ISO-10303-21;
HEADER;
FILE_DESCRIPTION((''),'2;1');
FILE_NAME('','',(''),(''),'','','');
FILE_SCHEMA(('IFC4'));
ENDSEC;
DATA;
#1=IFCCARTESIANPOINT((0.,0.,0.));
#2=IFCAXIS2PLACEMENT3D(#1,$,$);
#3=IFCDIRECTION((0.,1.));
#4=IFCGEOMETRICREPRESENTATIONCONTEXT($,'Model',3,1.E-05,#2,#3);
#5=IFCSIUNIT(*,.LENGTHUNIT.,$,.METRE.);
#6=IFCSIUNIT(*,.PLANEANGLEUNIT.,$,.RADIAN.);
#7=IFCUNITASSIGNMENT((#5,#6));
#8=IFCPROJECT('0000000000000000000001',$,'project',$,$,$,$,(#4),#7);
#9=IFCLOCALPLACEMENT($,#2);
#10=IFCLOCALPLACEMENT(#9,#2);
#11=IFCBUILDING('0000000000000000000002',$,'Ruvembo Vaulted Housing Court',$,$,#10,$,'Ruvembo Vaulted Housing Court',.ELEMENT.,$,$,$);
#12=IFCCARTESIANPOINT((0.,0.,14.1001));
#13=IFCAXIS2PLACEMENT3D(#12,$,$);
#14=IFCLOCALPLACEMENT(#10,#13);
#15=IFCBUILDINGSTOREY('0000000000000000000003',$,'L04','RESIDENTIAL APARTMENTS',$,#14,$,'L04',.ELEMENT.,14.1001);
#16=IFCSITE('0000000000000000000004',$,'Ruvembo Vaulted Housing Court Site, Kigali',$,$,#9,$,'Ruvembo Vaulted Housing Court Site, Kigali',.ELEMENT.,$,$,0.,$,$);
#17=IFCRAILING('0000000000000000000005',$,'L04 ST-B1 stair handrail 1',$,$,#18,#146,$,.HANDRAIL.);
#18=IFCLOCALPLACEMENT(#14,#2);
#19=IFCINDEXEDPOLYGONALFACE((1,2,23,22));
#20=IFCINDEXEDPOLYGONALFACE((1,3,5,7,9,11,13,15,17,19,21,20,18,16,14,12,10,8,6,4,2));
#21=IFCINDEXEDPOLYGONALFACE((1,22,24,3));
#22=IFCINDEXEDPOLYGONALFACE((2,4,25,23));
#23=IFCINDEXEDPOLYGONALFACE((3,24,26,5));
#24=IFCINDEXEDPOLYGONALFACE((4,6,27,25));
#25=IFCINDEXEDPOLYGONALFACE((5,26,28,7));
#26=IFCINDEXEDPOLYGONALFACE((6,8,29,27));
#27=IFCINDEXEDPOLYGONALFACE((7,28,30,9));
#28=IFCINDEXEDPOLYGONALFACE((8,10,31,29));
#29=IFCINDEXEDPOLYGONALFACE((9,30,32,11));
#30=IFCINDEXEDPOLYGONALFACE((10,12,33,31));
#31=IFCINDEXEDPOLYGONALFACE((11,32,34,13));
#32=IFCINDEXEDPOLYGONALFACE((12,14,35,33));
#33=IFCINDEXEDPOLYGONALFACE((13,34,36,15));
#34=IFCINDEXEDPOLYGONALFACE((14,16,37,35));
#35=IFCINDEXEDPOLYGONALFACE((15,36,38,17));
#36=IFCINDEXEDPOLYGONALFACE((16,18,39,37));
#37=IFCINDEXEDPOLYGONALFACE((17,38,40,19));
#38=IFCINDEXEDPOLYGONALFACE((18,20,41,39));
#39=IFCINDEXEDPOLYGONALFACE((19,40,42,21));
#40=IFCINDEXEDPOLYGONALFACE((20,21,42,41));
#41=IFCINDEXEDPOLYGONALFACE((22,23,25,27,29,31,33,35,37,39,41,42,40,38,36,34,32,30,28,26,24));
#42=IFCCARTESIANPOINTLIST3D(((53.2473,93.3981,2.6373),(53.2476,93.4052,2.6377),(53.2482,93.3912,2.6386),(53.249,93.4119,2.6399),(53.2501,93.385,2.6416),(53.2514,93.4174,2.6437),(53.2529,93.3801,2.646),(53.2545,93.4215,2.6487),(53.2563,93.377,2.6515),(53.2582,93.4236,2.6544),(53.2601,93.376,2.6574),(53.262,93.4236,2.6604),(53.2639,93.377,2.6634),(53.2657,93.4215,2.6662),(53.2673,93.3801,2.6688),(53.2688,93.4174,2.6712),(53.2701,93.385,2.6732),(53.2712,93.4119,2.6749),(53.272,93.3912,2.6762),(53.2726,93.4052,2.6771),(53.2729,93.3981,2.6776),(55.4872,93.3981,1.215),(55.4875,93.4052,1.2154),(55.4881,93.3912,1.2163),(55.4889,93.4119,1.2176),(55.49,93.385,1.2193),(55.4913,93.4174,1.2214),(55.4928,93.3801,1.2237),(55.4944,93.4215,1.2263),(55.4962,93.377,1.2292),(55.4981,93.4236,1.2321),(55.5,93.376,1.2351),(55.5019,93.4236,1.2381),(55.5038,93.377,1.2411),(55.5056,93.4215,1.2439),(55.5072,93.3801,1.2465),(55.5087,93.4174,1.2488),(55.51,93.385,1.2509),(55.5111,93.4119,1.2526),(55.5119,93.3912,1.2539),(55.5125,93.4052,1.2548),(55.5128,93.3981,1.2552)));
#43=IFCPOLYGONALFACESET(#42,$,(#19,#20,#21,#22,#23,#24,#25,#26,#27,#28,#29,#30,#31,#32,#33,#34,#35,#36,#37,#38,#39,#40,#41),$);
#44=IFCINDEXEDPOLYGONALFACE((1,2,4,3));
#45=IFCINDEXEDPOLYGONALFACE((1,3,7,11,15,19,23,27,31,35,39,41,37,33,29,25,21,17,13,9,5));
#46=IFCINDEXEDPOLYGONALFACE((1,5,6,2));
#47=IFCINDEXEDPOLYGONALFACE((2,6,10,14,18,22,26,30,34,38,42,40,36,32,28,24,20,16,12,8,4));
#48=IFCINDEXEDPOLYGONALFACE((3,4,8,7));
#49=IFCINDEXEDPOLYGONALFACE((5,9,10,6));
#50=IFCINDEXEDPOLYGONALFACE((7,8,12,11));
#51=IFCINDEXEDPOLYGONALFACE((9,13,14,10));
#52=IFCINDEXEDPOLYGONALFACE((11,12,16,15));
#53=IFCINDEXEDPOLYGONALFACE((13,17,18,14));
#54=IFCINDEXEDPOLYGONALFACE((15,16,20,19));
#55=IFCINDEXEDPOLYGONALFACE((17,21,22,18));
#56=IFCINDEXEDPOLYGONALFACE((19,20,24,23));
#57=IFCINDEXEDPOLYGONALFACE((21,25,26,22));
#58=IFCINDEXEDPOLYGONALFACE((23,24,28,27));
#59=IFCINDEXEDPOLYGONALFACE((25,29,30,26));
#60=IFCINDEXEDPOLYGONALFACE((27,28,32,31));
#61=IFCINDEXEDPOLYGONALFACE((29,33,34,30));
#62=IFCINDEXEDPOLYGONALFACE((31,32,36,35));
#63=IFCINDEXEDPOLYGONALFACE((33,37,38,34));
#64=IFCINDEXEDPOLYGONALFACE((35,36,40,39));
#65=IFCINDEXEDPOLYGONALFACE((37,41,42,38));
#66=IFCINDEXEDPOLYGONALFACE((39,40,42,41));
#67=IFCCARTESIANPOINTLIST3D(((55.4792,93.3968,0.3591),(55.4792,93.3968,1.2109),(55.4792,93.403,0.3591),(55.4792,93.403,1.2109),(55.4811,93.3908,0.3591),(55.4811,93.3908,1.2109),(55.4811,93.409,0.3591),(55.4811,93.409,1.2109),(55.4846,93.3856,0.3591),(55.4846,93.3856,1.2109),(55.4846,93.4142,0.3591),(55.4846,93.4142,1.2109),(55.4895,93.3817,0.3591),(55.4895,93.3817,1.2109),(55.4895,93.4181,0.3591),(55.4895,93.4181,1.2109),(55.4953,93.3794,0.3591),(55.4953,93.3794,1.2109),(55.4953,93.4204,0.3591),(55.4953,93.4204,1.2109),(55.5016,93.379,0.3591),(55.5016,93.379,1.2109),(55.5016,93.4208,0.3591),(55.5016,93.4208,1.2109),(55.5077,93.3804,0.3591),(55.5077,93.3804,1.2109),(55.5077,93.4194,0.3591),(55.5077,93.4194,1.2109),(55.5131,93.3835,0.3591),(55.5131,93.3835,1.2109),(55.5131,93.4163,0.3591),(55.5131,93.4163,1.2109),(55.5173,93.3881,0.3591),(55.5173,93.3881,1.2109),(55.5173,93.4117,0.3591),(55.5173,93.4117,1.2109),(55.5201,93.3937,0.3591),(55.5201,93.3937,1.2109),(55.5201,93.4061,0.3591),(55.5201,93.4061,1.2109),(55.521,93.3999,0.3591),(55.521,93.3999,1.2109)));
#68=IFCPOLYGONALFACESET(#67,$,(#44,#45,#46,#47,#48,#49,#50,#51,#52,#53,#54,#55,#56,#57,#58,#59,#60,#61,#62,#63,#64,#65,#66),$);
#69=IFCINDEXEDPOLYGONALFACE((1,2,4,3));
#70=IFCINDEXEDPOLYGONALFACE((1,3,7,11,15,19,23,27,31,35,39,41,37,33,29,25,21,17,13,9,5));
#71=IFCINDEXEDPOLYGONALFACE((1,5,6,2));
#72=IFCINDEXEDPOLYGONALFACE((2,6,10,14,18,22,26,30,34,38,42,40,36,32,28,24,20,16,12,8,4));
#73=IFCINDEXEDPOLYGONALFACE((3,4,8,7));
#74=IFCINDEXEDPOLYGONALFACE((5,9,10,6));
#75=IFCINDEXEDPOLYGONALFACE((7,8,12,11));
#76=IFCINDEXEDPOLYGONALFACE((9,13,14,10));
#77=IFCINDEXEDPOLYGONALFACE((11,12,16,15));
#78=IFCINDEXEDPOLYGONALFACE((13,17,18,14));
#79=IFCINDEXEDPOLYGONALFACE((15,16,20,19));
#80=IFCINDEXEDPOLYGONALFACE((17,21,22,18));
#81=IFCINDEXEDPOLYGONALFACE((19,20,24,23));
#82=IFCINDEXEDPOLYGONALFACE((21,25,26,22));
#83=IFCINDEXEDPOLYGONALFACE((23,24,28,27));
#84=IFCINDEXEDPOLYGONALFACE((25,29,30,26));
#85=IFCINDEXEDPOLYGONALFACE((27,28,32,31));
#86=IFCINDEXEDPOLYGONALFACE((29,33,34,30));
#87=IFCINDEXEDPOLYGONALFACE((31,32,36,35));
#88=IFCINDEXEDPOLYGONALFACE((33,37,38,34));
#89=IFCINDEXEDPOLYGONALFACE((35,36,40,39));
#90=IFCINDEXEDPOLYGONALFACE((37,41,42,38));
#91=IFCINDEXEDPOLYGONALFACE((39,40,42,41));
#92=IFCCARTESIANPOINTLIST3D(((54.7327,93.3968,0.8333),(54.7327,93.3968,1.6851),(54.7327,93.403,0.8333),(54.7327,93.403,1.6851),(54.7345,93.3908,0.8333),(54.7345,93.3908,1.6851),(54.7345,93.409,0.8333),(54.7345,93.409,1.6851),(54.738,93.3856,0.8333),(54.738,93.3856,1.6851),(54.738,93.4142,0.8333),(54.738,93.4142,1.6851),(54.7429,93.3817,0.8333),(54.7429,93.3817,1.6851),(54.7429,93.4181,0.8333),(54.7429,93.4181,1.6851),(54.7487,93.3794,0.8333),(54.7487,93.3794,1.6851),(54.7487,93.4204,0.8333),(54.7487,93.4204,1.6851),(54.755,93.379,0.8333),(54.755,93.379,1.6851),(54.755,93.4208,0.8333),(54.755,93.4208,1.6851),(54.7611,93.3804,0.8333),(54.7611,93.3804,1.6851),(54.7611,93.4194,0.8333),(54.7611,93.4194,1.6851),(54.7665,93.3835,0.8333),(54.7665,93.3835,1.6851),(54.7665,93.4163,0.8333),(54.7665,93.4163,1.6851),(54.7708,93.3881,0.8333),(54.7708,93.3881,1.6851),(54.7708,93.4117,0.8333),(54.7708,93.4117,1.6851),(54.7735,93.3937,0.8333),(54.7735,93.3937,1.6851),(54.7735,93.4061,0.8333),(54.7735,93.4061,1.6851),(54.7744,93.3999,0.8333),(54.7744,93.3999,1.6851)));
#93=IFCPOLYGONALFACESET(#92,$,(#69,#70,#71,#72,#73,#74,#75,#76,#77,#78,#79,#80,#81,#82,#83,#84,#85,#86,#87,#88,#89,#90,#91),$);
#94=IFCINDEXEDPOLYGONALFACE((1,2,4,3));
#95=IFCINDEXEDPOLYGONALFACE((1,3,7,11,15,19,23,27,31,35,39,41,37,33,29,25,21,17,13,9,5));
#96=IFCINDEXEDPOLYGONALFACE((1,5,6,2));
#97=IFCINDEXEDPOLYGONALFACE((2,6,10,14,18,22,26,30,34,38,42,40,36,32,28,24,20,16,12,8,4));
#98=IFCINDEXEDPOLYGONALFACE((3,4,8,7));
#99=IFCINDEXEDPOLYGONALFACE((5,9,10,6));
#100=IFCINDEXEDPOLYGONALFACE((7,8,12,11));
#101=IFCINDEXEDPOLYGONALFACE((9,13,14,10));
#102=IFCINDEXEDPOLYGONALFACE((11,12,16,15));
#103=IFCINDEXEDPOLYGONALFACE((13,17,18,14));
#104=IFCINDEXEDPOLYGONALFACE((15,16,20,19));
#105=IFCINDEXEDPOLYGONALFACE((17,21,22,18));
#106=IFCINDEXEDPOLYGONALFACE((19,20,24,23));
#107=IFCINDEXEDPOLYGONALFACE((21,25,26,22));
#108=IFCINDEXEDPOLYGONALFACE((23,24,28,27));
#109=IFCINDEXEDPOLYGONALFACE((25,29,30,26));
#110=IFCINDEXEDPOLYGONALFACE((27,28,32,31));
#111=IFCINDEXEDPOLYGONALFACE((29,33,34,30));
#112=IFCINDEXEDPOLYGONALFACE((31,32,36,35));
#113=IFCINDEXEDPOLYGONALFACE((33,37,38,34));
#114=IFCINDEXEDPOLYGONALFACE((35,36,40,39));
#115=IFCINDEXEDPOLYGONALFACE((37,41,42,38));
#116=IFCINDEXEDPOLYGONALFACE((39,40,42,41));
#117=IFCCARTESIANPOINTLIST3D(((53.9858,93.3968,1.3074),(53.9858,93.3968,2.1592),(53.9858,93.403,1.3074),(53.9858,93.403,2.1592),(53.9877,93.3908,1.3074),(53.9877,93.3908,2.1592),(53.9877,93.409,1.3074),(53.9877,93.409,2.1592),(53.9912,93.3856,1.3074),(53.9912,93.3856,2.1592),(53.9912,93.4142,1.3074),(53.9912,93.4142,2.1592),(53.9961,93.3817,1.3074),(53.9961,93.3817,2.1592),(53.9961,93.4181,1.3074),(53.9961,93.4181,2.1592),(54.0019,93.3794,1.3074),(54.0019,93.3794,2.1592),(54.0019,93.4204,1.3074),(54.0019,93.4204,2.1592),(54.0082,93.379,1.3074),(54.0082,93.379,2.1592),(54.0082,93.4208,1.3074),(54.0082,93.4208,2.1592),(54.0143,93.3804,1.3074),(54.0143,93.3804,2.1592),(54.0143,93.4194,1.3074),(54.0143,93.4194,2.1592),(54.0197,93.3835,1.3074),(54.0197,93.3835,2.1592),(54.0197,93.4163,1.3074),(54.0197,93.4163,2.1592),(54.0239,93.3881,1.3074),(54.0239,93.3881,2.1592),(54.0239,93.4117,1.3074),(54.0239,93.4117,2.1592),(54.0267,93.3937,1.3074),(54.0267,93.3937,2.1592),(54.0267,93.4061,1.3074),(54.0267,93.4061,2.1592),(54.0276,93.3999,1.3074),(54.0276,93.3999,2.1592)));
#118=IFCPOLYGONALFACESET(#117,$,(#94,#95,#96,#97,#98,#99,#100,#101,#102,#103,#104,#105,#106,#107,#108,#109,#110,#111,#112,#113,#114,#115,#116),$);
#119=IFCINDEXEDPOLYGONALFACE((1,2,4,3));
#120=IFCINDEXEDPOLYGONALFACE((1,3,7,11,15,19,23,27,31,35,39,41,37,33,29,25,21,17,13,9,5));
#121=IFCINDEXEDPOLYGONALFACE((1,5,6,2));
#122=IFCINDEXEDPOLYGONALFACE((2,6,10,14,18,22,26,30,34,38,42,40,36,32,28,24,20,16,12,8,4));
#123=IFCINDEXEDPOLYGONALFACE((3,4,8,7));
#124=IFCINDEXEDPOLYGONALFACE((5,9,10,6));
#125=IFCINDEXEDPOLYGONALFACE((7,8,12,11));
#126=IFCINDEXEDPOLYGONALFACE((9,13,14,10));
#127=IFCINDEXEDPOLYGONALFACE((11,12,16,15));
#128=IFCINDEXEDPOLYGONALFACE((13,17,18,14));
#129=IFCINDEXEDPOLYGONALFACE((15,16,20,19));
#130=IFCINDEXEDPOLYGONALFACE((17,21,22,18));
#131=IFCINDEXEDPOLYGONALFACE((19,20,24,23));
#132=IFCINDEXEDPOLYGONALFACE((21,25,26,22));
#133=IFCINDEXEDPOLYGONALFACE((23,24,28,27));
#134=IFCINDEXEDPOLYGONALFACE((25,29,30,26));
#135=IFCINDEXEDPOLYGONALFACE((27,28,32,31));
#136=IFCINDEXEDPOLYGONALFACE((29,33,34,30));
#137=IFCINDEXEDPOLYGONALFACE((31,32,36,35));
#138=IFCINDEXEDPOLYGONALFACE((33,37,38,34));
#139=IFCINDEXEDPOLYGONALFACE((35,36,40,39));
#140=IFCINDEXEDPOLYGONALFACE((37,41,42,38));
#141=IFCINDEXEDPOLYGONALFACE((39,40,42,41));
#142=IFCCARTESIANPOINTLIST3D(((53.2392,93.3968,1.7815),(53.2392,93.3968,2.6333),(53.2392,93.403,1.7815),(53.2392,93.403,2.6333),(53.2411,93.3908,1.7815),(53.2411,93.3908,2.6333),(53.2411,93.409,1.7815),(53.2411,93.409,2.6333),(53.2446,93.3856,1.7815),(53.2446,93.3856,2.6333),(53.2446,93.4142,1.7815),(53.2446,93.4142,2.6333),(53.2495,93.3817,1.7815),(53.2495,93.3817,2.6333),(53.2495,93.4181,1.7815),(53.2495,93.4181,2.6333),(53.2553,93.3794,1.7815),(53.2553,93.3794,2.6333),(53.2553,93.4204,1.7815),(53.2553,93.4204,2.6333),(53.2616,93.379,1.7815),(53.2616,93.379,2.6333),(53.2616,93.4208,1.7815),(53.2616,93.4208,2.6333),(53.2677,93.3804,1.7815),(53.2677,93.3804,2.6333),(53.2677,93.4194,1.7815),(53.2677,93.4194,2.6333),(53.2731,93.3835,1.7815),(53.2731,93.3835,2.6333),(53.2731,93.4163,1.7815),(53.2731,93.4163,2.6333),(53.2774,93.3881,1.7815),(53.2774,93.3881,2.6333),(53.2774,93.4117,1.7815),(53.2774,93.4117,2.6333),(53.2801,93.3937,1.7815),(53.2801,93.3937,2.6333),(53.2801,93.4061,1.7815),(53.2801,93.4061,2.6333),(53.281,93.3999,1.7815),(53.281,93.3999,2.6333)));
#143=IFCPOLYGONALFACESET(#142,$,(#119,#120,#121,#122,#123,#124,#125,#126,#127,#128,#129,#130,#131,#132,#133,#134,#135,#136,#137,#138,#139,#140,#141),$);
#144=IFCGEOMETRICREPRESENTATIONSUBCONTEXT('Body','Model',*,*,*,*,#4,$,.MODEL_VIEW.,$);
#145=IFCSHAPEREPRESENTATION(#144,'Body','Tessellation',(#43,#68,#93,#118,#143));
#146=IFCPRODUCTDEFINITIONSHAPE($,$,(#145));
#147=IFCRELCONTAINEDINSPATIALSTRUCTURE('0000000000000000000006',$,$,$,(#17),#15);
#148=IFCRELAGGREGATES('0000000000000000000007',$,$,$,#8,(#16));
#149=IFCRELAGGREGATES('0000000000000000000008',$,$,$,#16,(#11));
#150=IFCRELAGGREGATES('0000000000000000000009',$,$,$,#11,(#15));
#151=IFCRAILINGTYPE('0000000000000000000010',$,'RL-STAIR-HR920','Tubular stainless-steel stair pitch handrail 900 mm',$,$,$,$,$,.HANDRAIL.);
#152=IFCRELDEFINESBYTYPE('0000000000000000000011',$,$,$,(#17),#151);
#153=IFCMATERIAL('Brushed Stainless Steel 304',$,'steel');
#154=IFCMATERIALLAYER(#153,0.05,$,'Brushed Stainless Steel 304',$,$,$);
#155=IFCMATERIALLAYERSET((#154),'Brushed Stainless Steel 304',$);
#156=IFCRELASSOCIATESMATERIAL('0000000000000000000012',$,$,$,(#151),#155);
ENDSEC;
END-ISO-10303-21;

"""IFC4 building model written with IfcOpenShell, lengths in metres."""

from ifc_helpers import new_model, si_unit, direction, frame, origin, origin_2d, place, context, subcontext, project, spatial, circle, extrude, material, layer, layer_set, type_object, element, save


model = new_model("IFC4")

# Units and contexts
model_context = context("Model", 3, precision=1e-05, world=origin(), true_north=direction((0.0, 1.0)))
body_context = subcontext(model_context, "Body", "Model", "MODEL_VIEW")
ifc_project = project(units=[si_unit("LENGTHUNIT", "METRE"), si_unit("PLANEANGLEUNIT", "RADIAN")], contexts=[model_context])

# Site, building, storey
site_placement = place(None, origin())
site = spatial("IfcSite", under=ifc_project, at=site_placement, Name="Ruvembo Vaulted Housing Court Site, Kigali", LongName="Ruvembo Vaulted Housing Court Site, Kigali", CompositionType="ELEMENT", RefElevation=0.0)
building_placement = place(site_placement, origin())
building = spatial("IfcBuilding", under=site, at=building_placement, Name="Ruvembo Vaulted Housing Court", LongName="Ruvembo Vaulted Housing Court", CompositionType="ELEMENT")
storey_placement = place(building_placement, frame((0.0, 0.0, 14.1001)))
storey = spatial("IfcBuildingStorey", under=building, at=storey_placement, Name="L04", Description="RESIDENTIAL APARTMENTS", LongName="L04", CompositionType="ELEMENT", Elevation=14.1001)

# Shared definitions
ifc_material_1 = material(Name="Brushed Stainless Steel 304", Category="steel")

# Railing
ifc_layer_1 = layer(ifc_material_1, 0.05, Name="Brushed Stainless Steel 304")
ifc_layer_set_1 = layer_set([ifc_layer_1], Name="Brushed Stainless Steel 304")
railing_type = type_object("IfcRailingType", Name="RL-STAIR-HR920", Description="Tubular stainless-steel stair pitch handrail 900 mm", PredefinedType="HANDRAIL", material=ifc_layer_set_1)
railing_placement = place(storey_placement, frame((55.5, 93.3999, 0.3591)))
element("IfcRailing", 1, at=railing_placement, inside=storey, type_object=railing_type, Name="L04 ST-B1 stair handrail 1", PredefinedType="HANDRAIL", context=body_context, shape_type="SweptSolid", body=[
    extrude(circle(Radius=0.0239, at=origin_2d()), frame((0.0, 0.0, 0.876), z_axis=(-0.844188, 0.0, 0.536048), x_axis=(0.0, -1.0, 0.0)), (0.0, 0.0, 1.0), 2.6533),
    extrude(circle(Radius=0.021, at=origin_2d()), origin(), (0.0, 0.0, 1.0), 0.8518),
    extrude(circle(Radius=0.021, at=origin_2d()), frame((-0.7466, 0.0, 0.4741)), (0.0, 0.0, 1.0), 0.8518),
    extrude(circle(Radius=0.021, at=origin_2d()), frame((-1.4934, 0.0, 0.9482)), (0.0, 0.0, 1.0), 0.8518),
    extrude(circle(Radius=0.021, at=origin_2d()), frame((-2.24, 0.0, 1.4224)), (0.0, 0.0, 1.0), 0.8518),
])

save(model, "model.ifc")
